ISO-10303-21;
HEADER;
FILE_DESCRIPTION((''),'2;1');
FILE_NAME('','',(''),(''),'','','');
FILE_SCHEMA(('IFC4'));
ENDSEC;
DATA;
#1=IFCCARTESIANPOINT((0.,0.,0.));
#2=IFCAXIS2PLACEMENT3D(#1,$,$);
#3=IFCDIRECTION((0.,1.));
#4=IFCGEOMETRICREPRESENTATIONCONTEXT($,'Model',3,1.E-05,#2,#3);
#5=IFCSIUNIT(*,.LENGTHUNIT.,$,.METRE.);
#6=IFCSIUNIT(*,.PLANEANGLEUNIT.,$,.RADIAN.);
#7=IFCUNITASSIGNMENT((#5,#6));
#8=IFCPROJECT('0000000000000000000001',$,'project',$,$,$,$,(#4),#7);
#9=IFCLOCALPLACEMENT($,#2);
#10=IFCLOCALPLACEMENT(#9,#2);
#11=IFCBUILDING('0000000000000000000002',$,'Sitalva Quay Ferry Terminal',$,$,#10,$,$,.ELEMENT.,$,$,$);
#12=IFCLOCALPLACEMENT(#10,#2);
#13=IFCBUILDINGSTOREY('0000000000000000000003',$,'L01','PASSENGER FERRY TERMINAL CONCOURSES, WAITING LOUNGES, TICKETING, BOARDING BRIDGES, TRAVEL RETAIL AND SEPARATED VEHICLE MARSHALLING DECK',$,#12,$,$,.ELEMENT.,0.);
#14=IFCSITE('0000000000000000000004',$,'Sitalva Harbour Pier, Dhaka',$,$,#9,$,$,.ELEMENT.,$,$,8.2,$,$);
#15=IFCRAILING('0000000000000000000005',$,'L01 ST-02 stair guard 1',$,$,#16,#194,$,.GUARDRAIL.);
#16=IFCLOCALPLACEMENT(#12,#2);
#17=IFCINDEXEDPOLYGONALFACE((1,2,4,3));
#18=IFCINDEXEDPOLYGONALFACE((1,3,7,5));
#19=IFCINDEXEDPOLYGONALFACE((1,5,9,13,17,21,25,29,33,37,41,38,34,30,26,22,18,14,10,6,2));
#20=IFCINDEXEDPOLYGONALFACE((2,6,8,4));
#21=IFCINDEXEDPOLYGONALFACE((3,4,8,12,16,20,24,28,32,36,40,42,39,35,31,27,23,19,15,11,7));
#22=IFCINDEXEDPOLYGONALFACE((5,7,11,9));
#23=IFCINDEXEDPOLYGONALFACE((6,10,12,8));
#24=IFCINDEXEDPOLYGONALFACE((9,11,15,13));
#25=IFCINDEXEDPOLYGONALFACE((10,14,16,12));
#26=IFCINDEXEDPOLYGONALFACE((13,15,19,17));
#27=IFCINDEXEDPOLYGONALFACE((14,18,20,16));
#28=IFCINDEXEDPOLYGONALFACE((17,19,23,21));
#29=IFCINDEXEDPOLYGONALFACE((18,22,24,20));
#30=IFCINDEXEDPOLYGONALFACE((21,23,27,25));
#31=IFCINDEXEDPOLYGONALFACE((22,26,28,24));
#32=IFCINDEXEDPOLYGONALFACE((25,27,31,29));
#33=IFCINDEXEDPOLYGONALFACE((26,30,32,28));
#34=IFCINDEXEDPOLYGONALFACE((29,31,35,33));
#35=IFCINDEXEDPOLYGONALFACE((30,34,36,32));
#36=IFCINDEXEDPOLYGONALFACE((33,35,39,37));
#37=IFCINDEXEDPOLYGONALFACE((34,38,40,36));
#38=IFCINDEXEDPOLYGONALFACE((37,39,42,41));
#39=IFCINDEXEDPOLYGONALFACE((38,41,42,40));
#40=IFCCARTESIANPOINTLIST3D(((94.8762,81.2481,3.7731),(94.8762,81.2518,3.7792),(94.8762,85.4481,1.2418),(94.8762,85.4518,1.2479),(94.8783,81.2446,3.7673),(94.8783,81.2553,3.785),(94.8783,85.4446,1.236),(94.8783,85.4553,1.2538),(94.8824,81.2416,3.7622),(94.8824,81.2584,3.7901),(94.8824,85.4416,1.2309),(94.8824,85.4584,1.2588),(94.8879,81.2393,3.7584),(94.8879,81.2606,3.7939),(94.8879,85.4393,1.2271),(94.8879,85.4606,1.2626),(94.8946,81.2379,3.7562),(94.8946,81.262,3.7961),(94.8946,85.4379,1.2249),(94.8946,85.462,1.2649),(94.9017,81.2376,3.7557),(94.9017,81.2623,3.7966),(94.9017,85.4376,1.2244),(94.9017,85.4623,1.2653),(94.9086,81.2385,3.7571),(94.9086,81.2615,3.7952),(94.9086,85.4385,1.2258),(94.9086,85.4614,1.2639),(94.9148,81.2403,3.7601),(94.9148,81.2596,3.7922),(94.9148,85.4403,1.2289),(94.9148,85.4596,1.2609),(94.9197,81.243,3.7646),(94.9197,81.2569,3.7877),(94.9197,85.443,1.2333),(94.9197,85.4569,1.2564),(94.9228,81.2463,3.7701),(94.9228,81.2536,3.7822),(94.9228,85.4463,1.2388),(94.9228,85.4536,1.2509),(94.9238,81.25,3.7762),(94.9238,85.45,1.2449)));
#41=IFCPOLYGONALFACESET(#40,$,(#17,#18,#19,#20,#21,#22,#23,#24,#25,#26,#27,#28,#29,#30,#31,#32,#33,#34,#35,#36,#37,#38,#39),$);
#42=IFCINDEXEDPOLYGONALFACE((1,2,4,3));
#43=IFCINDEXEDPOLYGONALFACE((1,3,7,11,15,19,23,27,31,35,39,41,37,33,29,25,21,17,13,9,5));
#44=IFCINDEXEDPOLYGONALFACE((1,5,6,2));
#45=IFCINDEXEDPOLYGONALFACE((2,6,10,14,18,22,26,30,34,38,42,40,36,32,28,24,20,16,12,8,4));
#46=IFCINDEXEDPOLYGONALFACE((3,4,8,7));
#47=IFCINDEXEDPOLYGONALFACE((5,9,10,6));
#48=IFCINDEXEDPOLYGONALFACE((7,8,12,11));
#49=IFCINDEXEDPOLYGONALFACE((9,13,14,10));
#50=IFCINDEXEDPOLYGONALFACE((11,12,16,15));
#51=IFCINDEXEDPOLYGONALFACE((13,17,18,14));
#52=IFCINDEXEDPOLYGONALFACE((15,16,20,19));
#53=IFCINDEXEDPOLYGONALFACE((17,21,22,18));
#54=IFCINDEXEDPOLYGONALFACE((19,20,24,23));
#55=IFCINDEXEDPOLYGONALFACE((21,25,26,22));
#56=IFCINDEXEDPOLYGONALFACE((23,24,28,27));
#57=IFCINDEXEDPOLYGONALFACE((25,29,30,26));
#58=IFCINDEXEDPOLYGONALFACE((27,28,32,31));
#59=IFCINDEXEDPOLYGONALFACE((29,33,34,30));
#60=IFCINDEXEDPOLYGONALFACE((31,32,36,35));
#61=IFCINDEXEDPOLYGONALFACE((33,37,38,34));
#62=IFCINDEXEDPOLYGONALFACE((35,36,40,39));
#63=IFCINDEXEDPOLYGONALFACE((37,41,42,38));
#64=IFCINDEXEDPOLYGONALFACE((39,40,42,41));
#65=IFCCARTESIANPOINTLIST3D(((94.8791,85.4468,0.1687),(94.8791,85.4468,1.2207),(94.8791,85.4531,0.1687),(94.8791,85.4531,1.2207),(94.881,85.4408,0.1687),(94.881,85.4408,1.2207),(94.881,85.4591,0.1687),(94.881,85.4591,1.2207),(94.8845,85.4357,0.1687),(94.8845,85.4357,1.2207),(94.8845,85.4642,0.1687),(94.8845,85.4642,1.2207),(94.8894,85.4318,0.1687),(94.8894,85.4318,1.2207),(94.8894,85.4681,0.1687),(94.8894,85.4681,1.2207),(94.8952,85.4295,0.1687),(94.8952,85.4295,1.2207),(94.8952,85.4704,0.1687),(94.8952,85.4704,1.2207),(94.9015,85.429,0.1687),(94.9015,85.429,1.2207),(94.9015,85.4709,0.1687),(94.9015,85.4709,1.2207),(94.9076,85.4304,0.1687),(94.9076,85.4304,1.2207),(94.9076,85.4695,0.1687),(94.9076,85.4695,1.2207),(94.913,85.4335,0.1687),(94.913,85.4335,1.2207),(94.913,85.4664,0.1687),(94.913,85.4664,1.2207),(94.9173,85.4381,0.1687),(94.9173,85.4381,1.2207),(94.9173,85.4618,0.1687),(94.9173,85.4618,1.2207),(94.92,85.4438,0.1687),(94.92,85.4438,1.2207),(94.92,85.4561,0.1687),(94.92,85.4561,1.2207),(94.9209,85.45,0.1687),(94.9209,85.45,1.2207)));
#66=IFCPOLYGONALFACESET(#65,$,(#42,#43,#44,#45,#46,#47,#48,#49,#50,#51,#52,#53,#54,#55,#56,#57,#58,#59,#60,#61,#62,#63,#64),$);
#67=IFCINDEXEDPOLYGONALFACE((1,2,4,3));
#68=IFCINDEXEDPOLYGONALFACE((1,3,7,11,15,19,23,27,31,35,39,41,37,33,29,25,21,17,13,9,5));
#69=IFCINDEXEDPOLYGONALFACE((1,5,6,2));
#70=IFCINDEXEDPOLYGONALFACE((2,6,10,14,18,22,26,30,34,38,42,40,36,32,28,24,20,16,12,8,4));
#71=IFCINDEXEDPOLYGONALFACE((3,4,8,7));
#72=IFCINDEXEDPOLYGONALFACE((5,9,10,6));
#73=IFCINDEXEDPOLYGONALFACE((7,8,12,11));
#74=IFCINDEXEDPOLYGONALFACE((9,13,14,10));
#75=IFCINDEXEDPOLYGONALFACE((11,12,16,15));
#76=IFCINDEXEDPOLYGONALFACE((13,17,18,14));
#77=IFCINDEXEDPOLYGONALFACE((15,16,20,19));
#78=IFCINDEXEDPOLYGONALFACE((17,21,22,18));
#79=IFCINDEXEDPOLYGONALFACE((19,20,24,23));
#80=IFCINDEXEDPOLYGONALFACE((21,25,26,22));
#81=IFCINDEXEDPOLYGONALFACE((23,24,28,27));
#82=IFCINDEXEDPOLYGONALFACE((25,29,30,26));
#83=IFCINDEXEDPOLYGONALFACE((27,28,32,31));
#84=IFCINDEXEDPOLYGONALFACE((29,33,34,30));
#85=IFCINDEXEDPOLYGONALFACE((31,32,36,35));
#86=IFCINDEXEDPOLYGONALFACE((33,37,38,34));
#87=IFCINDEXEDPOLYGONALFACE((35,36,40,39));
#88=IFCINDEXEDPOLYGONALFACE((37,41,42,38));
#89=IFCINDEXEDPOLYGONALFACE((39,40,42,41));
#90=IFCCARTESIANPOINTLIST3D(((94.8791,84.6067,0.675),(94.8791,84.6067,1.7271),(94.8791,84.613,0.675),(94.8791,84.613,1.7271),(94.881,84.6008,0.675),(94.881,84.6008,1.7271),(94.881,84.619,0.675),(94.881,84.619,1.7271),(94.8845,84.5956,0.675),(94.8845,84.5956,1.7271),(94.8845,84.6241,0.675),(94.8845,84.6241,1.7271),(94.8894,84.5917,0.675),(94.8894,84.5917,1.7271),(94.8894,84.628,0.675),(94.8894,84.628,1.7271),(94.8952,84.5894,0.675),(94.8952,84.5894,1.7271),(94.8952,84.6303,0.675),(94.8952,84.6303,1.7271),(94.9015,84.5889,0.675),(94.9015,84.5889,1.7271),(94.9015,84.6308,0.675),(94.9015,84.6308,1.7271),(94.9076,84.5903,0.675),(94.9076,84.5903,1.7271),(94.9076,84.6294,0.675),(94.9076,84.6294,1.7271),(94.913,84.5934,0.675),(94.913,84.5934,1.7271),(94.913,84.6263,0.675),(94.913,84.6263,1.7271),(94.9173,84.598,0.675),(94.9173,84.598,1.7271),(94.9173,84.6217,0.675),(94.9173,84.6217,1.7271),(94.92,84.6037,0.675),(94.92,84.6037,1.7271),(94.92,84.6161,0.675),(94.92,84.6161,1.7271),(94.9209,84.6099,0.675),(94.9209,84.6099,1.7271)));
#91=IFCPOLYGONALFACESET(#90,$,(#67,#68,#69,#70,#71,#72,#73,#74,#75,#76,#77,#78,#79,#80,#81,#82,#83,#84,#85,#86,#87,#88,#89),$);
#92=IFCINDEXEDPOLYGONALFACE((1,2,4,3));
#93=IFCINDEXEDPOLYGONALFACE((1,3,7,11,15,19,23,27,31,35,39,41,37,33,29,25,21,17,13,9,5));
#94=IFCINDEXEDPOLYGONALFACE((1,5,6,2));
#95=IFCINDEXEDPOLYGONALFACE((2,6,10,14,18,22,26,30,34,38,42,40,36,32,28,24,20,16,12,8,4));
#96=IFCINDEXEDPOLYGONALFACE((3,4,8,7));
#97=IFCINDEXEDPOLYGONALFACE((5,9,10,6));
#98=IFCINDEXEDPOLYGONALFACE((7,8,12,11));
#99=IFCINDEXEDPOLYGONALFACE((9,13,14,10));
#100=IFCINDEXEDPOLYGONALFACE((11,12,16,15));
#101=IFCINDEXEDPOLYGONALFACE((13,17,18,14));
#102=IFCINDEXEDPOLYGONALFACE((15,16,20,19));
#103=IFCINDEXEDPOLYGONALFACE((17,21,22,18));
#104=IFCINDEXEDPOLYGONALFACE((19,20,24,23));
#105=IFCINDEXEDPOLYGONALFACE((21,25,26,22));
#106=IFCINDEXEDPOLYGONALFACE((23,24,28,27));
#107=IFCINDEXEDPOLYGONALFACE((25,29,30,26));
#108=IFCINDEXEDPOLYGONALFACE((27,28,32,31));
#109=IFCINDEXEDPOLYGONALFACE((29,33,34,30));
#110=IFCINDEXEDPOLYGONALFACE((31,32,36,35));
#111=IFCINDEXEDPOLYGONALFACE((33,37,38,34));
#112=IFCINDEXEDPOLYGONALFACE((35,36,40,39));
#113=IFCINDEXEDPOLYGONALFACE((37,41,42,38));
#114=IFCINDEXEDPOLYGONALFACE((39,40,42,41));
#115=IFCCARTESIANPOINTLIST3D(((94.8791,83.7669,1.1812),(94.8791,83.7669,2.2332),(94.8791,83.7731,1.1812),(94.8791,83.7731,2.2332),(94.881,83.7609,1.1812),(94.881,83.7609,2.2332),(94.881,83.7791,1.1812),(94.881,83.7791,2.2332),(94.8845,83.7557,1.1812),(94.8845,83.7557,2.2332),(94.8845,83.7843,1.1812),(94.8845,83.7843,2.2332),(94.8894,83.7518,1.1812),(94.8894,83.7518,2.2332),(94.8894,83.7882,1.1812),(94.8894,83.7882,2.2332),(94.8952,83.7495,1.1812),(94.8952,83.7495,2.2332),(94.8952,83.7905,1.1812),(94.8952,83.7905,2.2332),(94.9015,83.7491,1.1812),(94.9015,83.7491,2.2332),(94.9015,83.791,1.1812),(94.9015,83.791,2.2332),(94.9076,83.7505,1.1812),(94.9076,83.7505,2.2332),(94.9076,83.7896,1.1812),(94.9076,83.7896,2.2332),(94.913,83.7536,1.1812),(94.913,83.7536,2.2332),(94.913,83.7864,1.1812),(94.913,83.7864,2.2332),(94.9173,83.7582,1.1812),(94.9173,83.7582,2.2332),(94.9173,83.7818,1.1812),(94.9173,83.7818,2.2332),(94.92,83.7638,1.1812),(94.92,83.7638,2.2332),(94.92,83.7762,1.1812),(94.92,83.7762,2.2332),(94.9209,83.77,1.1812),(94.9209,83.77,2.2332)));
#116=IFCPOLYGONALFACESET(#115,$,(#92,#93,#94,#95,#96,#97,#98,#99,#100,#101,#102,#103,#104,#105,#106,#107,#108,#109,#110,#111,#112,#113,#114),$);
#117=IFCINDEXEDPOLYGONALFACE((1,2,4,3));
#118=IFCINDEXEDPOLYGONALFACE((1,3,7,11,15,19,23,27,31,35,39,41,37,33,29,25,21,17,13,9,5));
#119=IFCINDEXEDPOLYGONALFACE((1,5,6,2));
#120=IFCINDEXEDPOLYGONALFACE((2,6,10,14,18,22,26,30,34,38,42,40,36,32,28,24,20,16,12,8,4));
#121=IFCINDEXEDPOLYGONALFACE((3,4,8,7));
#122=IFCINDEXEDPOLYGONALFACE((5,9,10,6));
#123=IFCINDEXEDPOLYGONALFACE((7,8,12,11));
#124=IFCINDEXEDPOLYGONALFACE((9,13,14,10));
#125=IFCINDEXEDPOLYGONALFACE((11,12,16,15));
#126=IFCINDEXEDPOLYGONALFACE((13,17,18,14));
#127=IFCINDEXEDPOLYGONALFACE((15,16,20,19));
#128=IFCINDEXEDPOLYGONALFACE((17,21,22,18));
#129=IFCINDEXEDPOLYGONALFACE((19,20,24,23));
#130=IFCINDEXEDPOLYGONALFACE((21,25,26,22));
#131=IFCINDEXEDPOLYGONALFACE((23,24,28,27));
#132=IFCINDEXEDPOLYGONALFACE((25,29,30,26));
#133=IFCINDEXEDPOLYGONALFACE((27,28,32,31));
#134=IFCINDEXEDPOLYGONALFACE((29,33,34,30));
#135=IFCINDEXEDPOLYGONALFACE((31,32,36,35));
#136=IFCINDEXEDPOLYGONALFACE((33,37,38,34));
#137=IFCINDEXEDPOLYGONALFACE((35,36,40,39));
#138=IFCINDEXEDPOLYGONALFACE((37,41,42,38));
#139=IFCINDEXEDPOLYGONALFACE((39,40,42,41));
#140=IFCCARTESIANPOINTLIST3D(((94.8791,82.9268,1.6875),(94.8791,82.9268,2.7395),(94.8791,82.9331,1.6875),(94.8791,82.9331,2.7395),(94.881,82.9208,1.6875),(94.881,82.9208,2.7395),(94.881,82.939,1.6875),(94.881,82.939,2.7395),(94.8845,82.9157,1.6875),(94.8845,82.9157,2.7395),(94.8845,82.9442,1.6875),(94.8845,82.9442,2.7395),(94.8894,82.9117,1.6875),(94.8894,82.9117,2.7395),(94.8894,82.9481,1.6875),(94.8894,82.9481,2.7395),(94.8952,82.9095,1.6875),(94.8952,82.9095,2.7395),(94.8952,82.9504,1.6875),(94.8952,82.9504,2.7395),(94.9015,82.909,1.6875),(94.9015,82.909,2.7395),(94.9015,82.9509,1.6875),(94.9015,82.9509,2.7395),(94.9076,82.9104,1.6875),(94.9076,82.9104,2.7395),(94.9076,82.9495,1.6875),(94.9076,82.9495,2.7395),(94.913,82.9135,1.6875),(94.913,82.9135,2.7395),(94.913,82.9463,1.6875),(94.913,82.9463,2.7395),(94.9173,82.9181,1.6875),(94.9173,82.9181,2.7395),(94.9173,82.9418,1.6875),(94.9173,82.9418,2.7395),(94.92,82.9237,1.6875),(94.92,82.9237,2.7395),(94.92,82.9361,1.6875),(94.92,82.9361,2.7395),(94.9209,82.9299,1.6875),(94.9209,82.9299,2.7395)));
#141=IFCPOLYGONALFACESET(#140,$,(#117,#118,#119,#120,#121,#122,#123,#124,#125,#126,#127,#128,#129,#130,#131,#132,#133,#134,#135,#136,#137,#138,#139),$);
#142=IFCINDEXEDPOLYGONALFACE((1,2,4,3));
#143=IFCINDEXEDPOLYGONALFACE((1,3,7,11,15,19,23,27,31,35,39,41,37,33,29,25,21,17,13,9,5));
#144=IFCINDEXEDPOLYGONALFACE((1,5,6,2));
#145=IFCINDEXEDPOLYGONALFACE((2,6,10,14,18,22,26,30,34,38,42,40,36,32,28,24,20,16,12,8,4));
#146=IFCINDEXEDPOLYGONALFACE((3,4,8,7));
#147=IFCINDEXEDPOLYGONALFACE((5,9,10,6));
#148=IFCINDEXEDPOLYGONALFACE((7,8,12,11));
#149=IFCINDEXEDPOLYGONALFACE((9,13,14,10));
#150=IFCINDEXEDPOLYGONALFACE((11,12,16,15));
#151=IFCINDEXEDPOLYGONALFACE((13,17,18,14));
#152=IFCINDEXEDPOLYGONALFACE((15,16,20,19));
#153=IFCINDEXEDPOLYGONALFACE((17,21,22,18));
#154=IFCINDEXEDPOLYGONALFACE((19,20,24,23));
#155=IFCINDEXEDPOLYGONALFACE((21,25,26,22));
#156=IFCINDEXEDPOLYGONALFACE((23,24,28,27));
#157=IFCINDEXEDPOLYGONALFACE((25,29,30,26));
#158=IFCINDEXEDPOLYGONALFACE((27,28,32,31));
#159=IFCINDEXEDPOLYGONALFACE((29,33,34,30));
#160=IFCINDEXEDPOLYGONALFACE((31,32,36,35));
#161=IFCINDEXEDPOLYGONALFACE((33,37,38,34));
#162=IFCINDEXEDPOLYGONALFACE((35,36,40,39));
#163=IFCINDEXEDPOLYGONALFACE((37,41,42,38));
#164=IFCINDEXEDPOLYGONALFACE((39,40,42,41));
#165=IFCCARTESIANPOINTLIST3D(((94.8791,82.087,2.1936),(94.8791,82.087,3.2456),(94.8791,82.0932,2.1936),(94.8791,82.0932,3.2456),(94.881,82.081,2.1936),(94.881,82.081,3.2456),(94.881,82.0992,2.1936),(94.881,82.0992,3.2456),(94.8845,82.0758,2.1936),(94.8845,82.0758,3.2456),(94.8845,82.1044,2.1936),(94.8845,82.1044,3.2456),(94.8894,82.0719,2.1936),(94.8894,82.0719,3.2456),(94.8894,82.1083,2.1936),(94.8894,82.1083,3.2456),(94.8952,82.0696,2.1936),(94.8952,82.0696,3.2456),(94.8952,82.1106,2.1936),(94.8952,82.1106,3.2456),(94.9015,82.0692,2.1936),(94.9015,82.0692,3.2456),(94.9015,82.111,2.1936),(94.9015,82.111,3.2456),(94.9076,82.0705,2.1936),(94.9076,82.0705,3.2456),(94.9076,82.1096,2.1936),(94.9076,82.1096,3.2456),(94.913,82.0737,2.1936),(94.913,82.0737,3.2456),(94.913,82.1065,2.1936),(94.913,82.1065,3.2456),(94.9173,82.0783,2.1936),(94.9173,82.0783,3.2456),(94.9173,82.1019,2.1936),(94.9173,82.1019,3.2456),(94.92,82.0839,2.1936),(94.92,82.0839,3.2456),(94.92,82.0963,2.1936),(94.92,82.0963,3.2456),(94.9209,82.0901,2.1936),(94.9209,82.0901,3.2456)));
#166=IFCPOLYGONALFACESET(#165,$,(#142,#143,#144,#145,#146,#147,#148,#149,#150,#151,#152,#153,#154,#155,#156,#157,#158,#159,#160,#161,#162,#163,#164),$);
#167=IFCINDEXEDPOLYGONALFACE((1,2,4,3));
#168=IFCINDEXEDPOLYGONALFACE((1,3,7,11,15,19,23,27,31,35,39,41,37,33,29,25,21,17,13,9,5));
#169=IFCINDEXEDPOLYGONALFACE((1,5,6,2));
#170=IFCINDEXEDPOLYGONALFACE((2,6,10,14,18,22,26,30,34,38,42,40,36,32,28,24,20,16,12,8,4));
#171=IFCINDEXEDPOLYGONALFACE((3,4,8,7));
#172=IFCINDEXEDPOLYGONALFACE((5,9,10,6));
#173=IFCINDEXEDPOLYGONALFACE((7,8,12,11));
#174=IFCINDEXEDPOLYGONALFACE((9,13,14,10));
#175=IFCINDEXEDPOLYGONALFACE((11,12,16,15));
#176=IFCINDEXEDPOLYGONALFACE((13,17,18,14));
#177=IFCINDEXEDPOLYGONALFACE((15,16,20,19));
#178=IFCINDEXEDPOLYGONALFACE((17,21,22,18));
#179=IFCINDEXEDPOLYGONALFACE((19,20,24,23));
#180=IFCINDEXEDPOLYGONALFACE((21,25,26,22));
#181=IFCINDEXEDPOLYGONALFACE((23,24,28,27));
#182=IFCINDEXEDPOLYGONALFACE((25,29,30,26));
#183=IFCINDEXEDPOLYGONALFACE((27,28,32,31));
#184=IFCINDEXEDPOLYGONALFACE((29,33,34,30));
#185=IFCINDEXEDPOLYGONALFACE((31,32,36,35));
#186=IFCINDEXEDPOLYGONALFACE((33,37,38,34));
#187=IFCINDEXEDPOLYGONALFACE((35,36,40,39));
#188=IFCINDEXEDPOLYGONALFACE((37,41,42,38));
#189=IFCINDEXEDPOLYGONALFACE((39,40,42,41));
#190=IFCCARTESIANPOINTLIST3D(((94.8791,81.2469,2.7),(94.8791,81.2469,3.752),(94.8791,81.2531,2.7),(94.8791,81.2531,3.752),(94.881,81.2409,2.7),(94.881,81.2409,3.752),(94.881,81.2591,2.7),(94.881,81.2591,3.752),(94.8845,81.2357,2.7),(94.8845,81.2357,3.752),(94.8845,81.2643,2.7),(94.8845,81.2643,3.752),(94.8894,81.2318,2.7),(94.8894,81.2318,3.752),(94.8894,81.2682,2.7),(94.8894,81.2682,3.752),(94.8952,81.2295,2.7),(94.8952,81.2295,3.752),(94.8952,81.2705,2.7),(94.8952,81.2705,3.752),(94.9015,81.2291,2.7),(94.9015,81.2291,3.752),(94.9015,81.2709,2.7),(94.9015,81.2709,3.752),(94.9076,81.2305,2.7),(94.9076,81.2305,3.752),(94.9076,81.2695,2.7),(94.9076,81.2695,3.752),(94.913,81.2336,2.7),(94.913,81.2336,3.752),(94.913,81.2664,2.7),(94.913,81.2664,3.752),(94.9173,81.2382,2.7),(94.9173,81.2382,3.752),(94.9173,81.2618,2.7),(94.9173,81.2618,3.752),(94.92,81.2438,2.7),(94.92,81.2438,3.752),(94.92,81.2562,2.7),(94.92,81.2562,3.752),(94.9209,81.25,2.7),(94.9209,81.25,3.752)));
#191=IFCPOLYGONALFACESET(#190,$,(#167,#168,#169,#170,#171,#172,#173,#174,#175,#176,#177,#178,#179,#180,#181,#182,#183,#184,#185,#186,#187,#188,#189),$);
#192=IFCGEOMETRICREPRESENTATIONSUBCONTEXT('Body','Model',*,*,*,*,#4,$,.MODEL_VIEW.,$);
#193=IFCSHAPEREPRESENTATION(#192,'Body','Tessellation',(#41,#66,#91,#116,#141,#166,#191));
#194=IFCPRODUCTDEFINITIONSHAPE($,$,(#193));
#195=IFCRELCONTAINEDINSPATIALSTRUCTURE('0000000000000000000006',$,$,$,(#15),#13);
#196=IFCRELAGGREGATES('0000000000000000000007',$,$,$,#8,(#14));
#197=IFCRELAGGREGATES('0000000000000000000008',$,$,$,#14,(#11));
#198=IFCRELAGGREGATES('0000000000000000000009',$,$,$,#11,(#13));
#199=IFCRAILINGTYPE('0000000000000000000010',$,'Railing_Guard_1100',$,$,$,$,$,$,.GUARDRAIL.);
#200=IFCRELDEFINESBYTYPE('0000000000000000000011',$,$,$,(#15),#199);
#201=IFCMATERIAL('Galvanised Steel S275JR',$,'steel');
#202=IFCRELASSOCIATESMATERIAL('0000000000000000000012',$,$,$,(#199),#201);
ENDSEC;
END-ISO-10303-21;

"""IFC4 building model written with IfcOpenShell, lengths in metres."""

from ifc_helpers import new_model, si_unit, direction, frame, origin, origin_2d, place, context, subcontext, project, spatial, circle, extrude, material, type_object, element, save


model = new_model("IFC4")

# Units and contexts
model_context = context("Model", 3, precision=1e-05, world=origin(), true_north=direction((0.0, 1.0)))
body_context = subcontext(model_context, "Body", "Model", "MODEL_VIEW")
ifc_project = project(units=[si_unit("LENGTHUNIT", "METRE"), si_unit("PLANEANGLEUNIT", "RADIAN")], contexts=[model_context])

# Site, building, storey
site_placement = place(None, origin())
site = spatial("IfcSite", under=ifc_project, at=site_placement, Name="Sitalva Harbour Pier, Dhaka", CompositionType="ELEMENT", RefElevation=8.2)
building_placement = place(site_placement, origin())
building = spatial("IfcBuilding", under=site, at=building_placement, Name="Sitalva Quay Ferry Terminal", CompositionType="ELEMENT")
storey_placement = place(building_placement, origin())
storey = spatial("IfcBuildingStorey", under=building, at=storey_placement, Name="L01", Description="PASSENGER FERRY TERMINAL CONCOURSES, WAITING LOUNGES, TICKETING, BOARDING BRIDGES, TRAVEL RETAIL AND SEPARATED VEHICLE MARSHALLING DECK", CompositionType="ELEMENT", Elevation=0.0)

# Railing
ifc_material_1 = material(Name="Galvanised Steel S275JR", Category="steel")
railing_type_1 = type_object("IfcRailingType", Name="Railing_Guard_1100", PredefinedType="GUARDRAIL", material=ifc_material_1)
railing_1_placement = place(storey_placement, frame((94.8999, 85.45, 0.1687)))
element("IfcRailing", 1, at=railing_1_placement, inside=storey, type_object=railing_type_1, Name="L01 ST-02 stair guard 1", PredefinedType="GUARDRAIL", context=body_context, shape_type="SweptSolid", body=[
    extrude(circle(Radius=0.0239, at=origin_2d()), frame((0.0, 0.0, 1.0762), z_axis=(0.0, -0.856476, 0.516186), x_axis=(1.0, 0.0, 0.0)), (0.0, 0.0, 1.0), 4.9038),
    extrude(circle(Radius=0.021, at=origin_2d()), origin(), (0.0, 0.0, 1.0), 1.052),
    extrude(circle(Radius=0.021, at=origin_2d()), frame((0.0, -0.8401, 0.5063)), (0.0, 0.0, 1.0), 1.052),
    extrude(circle(Radius=0.021, at=origin_2d()), frame((0.0, -1.6799, 1.0125)), (0.0, 0.0, 1.0), 1.052),
    extrude(circle(Radius=0.021, at=origin_2d()), frame((0.0, -2.52, 1.5188)), (0.0, 0.0, 1.0), 1.052),
    extrude(circle(Radius=0.021, at=origin_2d()), frame((0.0, -3.3599, 2.0249)), (0.0, 0.0, 1.0), 1.052),
    extrude(circle(Radius=0.021, at=origin_2d()), frame((0.0, -4.2, 2.5312)), (0.0, 0.0, 1.0), 1.052),
])

save(model, "model.ifc")
